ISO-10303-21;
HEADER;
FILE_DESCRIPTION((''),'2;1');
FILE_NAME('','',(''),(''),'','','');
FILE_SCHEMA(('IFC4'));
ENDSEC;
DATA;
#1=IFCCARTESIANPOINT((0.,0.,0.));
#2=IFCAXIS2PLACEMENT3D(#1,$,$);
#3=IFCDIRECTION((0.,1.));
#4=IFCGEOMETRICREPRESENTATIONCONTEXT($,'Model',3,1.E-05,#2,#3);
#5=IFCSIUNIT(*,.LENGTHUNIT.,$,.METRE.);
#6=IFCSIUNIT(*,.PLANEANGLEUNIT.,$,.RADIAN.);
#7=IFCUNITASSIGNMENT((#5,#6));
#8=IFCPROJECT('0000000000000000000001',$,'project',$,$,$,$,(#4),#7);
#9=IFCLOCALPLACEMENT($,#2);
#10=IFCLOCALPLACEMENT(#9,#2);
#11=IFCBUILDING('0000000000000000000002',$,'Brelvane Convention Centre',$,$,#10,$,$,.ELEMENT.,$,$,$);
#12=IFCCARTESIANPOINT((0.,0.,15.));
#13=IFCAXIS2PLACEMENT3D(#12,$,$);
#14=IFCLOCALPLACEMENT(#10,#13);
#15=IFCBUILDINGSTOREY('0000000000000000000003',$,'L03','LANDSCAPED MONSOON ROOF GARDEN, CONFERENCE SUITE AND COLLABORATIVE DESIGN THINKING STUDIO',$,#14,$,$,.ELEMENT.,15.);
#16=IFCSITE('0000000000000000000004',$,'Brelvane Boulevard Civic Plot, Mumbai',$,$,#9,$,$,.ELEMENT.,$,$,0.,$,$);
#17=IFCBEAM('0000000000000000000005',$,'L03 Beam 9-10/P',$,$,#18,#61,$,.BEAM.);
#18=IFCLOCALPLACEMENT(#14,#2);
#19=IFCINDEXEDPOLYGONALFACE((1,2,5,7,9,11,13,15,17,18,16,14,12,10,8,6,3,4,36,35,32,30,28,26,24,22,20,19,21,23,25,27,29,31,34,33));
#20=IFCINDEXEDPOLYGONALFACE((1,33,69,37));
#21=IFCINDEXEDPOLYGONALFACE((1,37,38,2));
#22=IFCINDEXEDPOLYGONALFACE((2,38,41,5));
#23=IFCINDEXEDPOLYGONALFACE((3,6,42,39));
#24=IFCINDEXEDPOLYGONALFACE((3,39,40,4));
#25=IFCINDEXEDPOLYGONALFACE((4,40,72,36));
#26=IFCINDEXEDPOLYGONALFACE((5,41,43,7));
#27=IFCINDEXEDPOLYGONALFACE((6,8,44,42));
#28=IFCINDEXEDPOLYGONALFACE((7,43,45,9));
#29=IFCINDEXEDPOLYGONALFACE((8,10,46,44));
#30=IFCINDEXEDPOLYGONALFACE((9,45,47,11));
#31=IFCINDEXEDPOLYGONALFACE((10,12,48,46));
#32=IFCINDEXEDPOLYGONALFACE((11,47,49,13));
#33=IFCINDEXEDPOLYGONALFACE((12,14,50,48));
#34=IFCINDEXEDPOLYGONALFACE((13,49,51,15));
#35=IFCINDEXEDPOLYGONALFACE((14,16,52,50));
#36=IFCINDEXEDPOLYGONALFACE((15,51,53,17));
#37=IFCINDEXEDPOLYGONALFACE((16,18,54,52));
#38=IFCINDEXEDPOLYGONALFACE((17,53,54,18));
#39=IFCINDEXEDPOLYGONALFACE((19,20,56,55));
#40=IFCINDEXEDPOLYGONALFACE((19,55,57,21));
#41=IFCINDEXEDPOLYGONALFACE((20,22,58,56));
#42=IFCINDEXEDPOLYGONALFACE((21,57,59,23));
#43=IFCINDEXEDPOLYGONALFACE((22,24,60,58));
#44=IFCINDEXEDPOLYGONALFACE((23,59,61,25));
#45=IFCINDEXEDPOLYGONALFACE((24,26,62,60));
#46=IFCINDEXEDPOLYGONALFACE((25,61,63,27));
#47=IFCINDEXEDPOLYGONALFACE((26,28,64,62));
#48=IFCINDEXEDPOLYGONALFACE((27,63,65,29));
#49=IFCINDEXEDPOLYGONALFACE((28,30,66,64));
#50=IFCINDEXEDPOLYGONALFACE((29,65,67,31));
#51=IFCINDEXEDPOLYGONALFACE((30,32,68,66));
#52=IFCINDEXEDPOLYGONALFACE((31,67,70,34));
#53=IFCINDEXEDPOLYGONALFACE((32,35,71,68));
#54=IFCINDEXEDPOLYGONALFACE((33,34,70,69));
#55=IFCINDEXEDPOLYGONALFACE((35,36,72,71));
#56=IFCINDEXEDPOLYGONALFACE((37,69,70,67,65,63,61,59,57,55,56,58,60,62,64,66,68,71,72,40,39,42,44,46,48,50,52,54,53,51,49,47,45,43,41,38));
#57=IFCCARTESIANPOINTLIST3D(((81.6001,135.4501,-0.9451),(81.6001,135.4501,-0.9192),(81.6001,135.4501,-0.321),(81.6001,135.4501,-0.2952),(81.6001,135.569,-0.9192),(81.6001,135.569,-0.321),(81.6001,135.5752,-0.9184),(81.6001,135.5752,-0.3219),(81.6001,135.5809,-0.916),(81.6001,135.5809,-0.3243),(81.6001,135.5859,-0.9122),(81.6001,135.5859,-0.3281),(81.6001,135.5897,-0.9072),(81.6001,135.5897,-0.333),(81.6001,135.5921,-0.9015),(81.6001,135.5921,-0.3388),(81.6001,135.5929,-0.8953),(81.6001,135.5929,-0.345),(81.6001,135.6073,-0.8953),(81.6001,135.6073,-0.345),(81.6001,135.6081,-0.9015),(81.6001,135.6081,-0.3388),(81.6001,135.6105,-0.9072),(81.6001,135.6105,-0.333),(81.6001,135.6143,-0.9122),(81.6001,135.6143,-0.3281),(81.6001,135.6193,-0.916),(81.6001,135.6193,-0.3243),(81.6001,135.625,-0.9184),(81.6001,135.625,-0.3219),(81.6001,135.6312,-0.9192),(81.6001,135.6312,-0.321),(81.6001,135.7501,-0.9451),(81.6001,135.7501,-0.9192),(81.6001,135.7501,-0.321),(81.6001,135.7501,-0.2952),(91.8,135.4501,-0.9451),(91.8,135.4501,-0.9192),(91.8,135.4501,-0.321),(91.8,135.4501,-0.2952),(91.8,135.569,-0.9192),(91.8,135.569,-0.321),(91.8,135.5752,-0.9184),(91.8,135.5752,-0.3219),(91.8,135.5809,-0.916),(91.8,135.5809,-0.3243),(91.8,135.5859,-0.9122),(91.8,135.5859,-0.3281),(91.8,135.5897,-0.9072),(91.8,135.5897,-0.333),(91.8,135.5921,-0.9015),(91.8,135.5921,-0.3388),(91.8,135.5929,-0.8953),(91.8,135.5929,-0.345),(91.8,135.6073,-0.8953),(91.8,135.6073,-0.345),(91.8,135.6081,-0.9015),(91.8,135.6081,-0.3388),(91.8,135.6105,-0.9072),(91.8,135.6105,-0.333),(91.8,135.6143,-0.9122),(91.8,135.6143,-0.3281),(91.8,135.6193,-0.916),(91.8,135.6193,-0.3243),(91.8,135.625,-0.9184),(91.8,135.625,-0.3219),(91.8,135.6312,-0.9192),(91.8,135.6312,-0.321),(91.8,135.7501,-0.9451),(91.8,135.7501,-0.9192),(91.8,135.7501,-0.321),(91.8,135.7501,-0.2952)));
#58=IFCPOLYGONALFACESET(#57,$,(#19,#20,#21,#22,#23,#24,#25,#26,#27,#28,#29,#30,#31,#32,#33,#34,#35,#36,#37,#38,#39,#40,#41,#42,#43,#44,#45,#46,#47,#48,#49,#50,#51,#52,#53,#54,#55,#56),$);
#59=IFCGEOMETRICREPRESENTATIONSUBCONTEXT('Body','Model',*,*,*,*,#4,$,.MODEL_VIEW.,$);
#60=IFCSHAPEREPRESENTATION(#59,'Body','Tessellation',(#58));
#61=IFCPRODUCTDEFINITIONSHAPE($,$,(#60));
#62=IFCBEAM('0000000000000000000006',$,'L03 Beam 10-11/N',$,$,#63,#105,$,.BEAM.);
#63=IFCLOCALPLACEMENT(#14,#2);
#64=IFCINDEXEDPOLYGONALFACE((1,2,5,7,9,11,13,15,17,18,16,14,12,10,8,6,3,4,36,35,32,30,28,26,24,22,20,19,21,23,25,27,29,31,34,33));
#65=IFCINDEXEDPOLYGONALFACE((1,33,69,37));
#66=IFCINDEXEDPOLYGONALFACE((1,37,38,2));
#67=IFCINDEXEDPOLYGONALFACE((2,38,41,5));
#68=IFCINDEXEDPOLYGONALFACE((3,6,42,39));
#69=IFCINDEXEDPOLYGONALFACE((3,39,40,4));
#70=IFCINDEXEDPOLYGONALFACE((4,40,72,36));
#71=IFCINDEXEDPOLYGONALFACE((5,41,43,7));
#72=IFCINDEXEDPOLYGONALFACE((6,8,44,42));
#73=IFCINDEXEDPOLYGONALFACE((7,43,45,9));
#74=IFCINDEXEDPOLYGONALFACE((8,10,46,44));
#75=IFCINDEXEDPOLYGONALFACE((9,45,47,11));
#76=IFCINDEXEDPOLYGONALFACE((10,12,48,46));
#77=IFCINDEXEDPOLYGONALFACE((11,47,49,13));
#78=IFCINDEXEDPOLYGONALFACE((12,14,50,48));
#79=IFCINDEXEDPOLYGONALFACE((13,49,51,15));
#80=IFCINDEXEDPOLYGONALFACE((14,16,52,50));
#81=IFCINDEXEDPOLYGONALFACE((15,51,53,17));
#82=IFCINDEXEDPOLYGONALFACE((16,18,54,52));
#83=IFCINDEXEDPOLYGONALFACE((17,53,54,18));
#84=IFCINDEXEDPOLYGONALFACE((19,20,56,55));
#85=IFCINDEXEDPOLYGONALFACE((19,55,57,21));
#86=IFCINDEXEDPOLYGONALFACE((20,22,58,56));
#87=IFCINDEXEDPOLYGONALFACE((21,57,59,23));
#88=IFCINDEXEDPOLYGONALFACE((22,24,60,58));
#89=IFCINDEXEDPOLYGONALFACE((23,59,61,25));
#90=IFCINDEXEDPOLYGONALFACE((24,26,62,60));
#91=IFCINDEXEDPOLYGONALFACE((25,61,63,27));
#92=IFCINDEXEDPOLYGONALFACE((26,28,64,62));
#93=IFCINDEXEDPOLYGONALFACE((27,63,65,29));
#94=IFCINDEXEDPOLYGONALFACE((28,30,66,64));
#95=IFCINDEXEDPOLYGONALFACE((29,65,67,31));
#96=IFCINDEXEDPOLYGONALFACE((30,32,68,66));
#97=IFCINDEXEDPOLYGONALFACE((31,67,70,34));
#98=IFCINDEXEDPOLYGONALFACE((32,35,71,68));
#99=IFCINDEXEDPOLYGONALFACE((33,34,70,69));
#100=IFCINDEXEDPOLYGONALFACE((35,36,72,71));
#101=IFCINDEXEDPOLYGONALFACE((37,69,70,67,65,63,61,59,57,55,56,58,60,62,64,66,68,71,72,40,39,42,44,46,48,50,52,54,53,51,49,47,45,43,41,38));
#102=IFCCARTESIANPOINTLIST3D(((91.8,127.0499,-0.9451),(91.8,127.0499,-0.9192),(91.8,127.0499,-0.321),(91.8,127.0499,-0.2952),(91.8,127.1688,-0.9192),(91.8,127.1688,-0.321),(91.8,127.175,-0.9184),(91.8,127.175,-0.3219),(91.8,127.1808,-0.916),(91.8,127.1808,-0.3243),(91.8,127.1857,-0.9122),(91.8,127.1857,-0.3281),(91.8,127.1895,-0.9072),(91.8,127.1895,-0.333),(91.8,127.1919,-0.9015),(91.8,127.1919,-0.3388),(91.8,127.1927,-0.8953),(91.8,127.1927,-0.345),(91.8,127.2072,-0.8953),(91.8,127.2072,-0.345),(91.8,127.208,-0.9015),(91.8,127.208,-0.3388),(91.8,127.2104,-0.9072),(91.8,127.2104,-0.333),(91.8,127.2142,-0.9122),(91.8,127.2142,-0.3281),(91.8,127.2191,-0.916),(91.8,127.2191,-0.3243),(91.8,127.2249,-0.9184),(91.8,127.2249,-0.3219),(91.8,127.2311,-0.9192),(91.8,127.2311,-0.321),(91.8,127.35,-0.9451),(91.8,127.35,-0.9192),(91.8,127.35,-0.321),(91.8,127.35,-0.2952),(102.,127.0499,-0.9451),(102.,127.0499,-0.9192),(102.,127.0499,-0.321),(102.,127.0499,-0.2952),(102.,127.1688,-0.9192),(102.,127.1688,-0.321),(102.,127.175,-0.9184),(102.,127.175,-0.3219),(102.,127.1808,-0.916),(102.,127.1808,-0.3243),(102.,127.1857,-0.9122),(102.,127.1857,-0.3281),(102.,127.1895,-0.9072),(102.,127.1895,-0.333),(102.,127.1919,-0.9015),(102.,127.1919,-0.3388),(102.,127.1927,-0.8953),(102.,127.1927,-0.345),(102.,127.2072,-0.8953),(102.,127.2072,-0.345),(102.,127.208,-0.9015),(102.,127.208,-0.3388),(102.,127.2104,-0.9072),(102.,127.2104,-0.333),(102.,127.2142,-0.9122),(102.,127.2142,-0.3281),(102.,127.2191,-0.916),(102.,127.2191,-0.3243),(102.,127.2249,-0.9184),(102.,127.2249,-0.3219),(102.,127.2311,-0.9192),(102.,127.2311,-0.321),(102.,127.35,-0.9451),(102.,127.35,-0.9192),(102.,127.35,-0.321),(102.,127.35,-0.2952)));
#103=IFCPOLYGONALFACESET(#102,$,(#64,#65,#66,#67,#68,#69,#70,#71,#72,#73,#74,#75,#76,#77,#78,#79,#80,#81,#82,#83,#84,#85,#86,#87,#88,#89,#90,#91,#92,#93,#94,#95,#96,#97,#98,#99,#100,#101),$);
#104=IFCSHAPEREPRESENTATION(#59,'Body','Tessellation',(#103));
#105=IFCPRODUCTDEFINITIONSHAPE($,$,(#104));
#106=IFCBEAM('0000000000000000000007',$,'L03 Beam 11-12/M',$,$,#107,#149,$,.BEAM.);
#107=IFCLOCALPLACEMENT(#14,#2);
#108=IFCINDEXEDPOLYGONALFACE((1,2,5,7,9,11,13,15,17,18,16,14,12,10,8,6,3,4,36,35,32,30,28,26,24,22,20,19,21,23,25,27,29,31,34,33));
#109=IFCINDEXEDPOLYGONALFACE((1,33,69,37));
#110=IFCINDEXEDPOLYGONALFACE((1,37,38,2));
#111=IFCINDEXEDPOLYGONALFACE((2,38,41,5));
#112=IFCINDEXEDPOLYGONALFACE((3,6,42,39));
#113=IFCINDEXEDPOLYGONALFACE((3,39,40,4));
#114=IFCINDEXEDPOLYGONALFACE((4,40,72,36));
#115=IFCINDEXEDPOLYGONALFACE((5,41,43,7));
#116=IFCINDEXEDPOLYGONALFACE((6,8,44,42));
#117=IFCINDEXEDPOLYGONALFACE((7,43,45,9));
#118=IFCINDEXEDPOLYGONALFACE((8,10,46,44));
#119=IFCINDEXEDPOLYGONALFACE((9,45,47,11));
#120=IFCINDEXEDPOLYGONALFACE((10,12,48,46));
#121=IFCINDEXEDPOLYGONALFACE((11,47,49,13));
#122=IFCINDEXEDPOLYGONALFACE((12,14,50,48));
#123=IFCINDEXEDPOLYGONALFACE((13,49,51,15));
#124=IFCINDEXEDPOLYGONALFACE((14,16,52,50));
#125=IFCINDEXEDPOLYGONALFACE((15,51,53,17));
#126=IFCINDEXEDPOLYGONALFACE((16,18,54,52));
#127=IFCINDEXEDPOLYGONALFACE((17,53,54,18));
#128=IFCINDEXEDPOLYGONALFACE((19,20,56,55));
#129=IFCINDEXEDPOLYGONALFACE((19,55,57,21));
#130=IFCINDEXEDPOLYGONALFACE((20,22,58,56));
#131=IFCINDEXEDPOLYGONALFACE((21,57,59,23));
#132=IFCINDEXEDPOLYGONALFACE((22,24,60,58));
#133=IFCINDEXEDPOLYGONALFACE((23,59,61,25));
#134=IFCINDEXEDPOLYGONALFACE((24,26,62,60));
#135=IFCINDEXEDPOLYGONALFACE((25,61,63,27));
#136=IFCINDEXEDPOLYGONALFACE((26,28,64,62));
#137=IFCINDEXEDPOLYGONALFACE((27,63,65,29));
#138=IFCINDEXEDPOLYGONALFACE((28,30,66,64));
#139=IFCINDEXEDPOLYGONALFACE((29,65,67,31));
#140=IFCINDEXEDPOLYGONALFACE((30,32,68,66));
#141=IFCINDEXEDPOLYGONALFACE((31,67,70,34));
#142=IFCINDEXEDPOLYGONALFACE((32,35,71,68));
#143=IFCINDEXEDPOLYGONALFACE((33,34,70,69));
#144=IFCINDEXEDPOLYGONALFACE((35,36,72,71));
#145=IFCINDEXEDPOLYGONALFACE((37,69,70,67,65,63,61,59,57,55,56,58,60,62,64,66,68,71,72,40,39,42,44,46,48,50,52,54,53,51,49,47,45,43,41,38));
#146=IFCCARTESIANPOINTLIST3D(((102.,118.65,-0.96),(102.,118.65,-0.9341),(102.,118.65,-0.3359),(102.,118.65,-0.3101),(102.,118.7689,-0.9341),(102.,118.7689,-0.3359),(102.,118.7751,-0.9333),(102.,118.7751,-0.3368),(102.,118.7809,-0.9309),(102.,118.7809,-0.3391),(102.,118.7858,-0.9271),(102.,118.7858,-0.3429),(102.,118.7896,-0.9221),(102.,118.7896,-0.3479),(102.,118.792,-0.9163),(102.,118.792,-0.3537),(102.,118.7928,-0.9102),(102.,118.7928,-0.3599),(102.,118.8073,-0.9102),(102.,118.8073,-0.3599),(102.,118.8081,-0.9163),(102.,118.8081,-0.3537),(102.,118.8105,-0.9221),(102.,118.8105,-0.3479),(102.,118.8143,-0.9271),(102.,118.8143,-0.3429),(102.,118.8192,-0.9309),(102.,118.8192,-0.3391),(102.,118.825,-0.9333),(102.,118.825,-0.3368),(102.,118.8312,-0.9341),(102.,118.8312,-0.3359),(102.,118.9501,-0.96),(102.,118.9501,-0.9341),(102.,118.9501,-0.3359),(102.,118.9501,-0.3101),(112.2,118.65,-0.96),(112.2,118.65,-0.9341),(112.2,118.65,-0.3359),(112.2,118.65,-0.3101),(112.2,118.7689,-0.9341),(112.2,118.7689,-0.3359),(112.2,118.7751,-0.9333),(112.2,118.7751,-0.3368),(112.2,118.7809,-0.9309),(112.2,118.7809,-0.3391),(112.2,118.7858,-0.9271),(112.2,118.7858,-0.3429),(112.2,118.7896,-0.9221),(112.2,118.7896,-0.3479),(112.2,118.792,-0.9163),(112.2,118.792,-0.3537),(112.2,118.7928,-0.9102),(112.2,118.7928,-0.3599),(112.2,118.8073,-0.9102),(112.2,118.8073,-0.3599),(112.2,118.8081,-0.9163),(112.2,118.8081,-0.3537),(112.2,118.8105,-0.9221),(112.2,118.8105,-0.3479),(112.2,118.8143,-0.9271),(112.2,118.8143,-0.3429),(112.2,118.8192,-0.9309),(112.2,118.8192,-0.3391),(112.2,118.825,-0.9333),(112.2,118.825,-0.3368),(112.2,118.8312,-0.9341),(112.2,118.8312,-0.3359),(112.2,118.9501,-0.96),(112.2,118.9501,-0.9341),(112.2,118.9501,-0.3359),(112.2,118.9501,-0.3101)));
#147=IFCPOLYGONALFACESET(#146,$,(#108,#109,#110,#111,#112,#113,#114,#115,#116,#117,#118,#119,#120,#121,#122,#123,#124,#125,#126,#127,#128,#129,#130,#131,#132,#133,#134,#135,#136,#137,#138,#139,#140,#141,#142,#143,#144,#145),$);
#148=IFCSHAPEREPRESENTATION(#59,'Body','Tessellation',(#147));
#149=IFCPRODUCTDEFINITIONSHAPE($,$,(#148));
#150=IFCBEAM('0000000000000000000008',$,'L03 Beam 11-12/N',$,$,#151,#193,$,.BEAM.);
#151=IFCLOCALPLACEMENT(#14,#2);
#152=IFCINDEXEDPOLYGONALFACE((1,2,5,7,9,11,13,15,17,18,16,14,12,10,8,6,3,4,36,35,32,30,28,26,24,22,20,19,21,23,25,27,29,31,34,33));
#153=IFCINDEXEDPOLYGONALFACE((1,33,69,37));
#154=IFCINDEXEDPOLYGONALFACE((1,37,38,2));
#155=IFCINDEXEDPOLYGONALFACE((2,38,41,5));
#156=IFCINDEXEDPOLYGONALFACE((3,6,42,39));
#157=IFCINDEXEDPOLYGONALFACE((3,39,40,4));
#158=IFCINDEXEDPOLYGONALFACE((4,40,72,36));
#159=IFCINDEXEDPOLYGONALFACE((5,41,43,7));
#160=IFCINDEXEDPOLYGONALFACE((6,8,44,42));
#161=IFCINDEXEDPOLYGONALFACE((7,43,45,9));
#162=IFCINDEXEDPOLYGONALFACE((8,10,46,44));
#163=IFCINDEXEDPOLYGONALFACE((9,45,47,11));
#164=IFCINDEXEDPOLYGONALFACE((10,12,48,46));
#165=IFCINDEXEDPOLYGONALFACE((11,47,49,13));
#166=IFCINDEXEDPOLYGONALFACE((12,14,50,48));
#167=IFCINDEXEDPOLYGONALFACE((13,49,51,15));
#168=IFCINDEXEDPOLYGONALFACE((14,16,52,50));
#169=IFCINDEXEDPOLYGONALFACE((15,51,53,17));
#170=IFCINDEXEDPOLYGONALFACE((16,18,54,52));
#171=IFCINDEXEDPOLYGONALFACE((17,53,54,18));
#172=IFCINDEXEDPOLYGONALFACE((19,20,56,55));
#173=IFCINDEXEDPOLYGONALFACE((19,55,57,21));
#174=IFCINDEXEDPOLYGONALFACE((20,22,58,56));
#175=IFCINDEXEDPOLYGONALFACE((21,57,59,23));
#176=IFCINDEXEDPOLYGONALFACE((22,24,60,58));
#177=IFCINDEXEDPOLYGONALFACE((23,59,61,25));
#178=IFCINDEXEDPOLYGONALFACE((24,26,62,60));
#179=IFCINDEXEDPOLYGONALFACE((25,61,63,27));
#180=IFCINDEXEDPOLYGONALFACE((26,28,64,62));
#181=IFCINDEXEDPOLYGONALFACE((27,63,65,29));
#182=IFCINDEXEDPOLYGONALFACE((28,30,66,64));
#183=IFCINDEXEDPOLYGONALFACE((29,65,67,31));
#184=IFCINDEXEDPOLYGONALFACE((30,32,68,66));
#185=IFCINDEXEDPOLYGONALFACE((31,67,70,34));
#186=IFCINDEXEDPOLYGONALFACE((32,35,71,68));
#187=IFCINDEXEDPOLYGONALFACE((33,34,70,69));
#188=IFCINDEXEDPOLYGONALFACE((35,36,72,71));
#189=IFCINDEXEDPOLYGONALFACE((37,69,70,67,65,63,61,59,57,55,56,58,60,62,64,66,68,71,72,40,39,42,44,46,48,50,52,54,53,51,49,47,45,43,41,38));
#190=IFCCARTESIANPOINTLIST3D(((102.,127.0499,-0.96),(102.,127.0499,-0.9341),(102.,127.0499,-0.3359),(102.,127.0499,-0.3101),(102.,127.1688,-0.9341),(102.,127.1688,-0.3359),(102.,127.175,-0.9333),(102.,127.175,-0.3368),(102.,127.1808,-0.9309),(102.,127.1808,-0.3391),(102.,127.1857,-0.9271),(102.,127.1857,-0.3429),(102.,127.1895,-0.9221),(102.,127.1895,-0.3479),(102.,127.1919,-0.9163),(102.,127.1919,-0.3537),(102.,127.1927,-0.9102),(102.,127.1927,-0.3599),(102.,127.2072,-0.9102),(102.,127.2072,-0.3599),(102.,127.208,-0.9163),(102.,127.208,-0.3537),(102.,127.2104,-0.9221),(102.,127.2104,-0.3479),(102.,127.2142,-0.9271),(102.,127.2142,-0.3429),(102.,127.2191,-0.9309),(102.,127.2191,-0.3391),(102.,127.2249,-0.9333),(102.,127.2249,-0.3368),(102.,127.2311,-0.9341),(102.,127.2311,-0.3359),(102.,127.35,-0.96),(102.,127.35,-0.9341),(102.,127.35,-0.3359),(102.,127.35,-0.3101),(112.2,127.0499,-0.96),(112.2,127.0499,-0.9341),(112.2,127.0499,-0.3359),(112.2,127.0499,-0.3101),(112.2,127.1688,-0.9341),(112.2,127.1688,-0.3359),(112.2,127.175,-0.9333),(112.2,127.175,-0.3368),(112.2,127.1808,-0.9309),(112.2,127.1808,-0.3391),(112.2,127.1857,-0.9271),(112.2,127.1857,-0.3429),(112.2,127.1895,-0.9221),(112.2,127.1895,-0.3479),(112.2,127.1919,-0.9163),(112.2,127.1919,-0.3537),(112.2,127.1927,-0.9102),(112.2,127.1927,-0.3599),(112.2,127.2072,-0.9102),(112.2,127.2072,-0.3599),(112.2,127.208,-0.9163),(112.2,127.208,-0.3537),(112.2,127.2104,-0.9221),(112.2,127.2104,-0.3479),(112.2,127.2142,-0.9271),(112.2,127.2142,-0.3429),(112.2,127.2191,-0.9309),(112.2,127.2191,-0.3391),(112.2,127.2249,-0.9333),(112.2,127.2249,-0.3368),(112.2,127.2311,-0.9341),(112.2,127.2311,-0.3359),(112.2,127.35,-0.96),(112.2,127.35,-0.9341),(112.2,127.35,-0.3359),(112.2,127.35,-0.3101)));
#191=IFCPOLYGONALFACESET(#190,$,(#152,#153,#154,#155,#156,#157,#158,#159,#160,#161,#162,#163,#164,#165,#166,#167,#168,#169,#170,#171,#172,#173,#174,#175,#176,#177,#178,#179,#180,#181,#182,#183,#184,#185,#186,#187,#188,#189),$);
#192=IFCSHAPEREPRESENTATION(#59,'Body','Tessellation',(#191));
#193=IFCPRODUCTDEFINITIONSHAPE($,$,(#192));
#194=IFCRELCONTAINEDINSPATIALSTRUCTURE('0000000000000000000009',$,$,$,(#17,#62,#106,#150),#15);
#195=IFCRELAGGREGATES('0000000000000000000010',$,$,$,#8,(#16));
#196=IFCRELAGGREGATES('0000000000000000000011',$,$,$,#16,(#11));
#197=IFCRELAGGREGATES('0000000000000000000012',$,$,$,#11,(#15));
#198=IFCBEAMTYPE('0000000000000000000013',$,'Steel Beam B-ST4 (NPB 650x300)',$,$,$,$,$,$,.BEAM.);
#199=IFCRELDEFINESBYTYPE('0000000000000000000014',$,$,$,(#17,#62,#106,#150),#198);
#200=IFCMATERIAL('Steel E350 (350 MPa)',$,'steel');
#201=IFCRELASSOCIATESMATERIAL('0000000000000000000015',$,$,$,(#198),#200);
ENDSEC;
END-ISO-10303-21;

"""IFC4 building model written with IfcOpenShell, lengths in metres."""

from ifc_helpers import new_model, si_unit, direction, frame, origin, origin_2d, place, context, subcontext, project, spatial, i_section, extrude, material, material_profile, profile_set, type_object, element, save


model = new_model("IFC4")

# Units and contexts
model_context = context("Model", 3, precision=1e-05, world=origin(), true_north=direction((0.0, 1.0)))
body_context = subcontext(model_context, "Body", "Model", "MODEL_VIEW")
ifc_project = project(units=[si_unit("LENGTHUNIT", "METRE"), si_unit("PLANEANGLEUNIT", "RADIAN")], contexts=[model_context])

# Site, building, storey
site_placement = place(None, origin())
site = spatial("IfcSite", under=ifc_project, at=site_placement, Name="Brelvane Boulevard Civic Plot, Mumbai", CompositionType="ELEMENT", RefElevation=0.0)
building_placement = place(site_placement, origin())
building = spatial("IfcBuilding", under=site, at=building_placement, Name="Brelvane Convention Centre", CompositionType="ELEMENT")
storey_placement = place(building_placement, frame((0.0, 0.0, 15.0)))
storey = spatial("IfcBuildingStorey", under=building, at=storey_placement, Name="L03", Description="LANDSCAPED MONSOON ROOF GARDEN, CONFERENCE SUITE AND COLLABORATIVE DESIGN THINKING STUDIO", CompositionType="ELEMENT", Elevation=15.0)

# Beams
ifc_material_1 = material(Name="Steel E350 (350 MPa)", Category="steel")
ifc_material_profile_1 = material_profile(ifc_material_1, i_section(OverallWidth=0.3, OverallDepth=0.6499, WebThickness=0.0144, FlangeThickness=0.0259, FilletRadius=0.0239, at=origin_2d()), Name="NPB 650x300")
ifc_profile_set_1 = profile_set([ifc_material_profile_1], Name="Steel E350 (350 MPa)")
beam_type_1 = type_object("IfcBeamType", Name="Steel Beam B-ST4 (NPB 650x300)", PredefinedType="BEAM", material=ifc_profile_set_1)
for number, where, z_axis, x_axis, name in (
    (1, (81.6001, 135.6001, -0.6201), (1.0, 0.0, 0.0), (0.0, 1.0, 0.0), "L03 Beam 9-10/P"),
    (2, (91.8, 127.2, -0.6201), (1.0, 0.0, 0.0), (0.0, 1.0, 0.0), "L03 Beam 10-11/N"),
    (3, (102.0, 118.8, -0.635), (1.0, 0.0, 0.0), (0.0, 1.0, 0.0), "L03 Beam 11-12/M"),
    (4, (102.0, 127.2, -0.635), (1.0, 0.0, 0.0), (0.0, 1.0, 0.0), "L03 Beam 11-12/N"),
):
    element("IfcBeam", number, at=place(storey_placement, frame(where, z_axis=z_axis, x_axis=x_axis)), inside=storey, type_object=beam_type_1, Name=name, PredefinedType="BEAM", context=body_context, shape_type="SweptSolid", body=[
        extrude(i_section(OverallWidth=0.3, OverallDepth=0.6499, WebThickness=0.0144, FlangeThickness=0.0259, FilletRadius=0.0239, at=origin_2d()), origin(), (0.0, 0.0, 1.0), 10.2),
    ])

save(model, "model.ifc")
